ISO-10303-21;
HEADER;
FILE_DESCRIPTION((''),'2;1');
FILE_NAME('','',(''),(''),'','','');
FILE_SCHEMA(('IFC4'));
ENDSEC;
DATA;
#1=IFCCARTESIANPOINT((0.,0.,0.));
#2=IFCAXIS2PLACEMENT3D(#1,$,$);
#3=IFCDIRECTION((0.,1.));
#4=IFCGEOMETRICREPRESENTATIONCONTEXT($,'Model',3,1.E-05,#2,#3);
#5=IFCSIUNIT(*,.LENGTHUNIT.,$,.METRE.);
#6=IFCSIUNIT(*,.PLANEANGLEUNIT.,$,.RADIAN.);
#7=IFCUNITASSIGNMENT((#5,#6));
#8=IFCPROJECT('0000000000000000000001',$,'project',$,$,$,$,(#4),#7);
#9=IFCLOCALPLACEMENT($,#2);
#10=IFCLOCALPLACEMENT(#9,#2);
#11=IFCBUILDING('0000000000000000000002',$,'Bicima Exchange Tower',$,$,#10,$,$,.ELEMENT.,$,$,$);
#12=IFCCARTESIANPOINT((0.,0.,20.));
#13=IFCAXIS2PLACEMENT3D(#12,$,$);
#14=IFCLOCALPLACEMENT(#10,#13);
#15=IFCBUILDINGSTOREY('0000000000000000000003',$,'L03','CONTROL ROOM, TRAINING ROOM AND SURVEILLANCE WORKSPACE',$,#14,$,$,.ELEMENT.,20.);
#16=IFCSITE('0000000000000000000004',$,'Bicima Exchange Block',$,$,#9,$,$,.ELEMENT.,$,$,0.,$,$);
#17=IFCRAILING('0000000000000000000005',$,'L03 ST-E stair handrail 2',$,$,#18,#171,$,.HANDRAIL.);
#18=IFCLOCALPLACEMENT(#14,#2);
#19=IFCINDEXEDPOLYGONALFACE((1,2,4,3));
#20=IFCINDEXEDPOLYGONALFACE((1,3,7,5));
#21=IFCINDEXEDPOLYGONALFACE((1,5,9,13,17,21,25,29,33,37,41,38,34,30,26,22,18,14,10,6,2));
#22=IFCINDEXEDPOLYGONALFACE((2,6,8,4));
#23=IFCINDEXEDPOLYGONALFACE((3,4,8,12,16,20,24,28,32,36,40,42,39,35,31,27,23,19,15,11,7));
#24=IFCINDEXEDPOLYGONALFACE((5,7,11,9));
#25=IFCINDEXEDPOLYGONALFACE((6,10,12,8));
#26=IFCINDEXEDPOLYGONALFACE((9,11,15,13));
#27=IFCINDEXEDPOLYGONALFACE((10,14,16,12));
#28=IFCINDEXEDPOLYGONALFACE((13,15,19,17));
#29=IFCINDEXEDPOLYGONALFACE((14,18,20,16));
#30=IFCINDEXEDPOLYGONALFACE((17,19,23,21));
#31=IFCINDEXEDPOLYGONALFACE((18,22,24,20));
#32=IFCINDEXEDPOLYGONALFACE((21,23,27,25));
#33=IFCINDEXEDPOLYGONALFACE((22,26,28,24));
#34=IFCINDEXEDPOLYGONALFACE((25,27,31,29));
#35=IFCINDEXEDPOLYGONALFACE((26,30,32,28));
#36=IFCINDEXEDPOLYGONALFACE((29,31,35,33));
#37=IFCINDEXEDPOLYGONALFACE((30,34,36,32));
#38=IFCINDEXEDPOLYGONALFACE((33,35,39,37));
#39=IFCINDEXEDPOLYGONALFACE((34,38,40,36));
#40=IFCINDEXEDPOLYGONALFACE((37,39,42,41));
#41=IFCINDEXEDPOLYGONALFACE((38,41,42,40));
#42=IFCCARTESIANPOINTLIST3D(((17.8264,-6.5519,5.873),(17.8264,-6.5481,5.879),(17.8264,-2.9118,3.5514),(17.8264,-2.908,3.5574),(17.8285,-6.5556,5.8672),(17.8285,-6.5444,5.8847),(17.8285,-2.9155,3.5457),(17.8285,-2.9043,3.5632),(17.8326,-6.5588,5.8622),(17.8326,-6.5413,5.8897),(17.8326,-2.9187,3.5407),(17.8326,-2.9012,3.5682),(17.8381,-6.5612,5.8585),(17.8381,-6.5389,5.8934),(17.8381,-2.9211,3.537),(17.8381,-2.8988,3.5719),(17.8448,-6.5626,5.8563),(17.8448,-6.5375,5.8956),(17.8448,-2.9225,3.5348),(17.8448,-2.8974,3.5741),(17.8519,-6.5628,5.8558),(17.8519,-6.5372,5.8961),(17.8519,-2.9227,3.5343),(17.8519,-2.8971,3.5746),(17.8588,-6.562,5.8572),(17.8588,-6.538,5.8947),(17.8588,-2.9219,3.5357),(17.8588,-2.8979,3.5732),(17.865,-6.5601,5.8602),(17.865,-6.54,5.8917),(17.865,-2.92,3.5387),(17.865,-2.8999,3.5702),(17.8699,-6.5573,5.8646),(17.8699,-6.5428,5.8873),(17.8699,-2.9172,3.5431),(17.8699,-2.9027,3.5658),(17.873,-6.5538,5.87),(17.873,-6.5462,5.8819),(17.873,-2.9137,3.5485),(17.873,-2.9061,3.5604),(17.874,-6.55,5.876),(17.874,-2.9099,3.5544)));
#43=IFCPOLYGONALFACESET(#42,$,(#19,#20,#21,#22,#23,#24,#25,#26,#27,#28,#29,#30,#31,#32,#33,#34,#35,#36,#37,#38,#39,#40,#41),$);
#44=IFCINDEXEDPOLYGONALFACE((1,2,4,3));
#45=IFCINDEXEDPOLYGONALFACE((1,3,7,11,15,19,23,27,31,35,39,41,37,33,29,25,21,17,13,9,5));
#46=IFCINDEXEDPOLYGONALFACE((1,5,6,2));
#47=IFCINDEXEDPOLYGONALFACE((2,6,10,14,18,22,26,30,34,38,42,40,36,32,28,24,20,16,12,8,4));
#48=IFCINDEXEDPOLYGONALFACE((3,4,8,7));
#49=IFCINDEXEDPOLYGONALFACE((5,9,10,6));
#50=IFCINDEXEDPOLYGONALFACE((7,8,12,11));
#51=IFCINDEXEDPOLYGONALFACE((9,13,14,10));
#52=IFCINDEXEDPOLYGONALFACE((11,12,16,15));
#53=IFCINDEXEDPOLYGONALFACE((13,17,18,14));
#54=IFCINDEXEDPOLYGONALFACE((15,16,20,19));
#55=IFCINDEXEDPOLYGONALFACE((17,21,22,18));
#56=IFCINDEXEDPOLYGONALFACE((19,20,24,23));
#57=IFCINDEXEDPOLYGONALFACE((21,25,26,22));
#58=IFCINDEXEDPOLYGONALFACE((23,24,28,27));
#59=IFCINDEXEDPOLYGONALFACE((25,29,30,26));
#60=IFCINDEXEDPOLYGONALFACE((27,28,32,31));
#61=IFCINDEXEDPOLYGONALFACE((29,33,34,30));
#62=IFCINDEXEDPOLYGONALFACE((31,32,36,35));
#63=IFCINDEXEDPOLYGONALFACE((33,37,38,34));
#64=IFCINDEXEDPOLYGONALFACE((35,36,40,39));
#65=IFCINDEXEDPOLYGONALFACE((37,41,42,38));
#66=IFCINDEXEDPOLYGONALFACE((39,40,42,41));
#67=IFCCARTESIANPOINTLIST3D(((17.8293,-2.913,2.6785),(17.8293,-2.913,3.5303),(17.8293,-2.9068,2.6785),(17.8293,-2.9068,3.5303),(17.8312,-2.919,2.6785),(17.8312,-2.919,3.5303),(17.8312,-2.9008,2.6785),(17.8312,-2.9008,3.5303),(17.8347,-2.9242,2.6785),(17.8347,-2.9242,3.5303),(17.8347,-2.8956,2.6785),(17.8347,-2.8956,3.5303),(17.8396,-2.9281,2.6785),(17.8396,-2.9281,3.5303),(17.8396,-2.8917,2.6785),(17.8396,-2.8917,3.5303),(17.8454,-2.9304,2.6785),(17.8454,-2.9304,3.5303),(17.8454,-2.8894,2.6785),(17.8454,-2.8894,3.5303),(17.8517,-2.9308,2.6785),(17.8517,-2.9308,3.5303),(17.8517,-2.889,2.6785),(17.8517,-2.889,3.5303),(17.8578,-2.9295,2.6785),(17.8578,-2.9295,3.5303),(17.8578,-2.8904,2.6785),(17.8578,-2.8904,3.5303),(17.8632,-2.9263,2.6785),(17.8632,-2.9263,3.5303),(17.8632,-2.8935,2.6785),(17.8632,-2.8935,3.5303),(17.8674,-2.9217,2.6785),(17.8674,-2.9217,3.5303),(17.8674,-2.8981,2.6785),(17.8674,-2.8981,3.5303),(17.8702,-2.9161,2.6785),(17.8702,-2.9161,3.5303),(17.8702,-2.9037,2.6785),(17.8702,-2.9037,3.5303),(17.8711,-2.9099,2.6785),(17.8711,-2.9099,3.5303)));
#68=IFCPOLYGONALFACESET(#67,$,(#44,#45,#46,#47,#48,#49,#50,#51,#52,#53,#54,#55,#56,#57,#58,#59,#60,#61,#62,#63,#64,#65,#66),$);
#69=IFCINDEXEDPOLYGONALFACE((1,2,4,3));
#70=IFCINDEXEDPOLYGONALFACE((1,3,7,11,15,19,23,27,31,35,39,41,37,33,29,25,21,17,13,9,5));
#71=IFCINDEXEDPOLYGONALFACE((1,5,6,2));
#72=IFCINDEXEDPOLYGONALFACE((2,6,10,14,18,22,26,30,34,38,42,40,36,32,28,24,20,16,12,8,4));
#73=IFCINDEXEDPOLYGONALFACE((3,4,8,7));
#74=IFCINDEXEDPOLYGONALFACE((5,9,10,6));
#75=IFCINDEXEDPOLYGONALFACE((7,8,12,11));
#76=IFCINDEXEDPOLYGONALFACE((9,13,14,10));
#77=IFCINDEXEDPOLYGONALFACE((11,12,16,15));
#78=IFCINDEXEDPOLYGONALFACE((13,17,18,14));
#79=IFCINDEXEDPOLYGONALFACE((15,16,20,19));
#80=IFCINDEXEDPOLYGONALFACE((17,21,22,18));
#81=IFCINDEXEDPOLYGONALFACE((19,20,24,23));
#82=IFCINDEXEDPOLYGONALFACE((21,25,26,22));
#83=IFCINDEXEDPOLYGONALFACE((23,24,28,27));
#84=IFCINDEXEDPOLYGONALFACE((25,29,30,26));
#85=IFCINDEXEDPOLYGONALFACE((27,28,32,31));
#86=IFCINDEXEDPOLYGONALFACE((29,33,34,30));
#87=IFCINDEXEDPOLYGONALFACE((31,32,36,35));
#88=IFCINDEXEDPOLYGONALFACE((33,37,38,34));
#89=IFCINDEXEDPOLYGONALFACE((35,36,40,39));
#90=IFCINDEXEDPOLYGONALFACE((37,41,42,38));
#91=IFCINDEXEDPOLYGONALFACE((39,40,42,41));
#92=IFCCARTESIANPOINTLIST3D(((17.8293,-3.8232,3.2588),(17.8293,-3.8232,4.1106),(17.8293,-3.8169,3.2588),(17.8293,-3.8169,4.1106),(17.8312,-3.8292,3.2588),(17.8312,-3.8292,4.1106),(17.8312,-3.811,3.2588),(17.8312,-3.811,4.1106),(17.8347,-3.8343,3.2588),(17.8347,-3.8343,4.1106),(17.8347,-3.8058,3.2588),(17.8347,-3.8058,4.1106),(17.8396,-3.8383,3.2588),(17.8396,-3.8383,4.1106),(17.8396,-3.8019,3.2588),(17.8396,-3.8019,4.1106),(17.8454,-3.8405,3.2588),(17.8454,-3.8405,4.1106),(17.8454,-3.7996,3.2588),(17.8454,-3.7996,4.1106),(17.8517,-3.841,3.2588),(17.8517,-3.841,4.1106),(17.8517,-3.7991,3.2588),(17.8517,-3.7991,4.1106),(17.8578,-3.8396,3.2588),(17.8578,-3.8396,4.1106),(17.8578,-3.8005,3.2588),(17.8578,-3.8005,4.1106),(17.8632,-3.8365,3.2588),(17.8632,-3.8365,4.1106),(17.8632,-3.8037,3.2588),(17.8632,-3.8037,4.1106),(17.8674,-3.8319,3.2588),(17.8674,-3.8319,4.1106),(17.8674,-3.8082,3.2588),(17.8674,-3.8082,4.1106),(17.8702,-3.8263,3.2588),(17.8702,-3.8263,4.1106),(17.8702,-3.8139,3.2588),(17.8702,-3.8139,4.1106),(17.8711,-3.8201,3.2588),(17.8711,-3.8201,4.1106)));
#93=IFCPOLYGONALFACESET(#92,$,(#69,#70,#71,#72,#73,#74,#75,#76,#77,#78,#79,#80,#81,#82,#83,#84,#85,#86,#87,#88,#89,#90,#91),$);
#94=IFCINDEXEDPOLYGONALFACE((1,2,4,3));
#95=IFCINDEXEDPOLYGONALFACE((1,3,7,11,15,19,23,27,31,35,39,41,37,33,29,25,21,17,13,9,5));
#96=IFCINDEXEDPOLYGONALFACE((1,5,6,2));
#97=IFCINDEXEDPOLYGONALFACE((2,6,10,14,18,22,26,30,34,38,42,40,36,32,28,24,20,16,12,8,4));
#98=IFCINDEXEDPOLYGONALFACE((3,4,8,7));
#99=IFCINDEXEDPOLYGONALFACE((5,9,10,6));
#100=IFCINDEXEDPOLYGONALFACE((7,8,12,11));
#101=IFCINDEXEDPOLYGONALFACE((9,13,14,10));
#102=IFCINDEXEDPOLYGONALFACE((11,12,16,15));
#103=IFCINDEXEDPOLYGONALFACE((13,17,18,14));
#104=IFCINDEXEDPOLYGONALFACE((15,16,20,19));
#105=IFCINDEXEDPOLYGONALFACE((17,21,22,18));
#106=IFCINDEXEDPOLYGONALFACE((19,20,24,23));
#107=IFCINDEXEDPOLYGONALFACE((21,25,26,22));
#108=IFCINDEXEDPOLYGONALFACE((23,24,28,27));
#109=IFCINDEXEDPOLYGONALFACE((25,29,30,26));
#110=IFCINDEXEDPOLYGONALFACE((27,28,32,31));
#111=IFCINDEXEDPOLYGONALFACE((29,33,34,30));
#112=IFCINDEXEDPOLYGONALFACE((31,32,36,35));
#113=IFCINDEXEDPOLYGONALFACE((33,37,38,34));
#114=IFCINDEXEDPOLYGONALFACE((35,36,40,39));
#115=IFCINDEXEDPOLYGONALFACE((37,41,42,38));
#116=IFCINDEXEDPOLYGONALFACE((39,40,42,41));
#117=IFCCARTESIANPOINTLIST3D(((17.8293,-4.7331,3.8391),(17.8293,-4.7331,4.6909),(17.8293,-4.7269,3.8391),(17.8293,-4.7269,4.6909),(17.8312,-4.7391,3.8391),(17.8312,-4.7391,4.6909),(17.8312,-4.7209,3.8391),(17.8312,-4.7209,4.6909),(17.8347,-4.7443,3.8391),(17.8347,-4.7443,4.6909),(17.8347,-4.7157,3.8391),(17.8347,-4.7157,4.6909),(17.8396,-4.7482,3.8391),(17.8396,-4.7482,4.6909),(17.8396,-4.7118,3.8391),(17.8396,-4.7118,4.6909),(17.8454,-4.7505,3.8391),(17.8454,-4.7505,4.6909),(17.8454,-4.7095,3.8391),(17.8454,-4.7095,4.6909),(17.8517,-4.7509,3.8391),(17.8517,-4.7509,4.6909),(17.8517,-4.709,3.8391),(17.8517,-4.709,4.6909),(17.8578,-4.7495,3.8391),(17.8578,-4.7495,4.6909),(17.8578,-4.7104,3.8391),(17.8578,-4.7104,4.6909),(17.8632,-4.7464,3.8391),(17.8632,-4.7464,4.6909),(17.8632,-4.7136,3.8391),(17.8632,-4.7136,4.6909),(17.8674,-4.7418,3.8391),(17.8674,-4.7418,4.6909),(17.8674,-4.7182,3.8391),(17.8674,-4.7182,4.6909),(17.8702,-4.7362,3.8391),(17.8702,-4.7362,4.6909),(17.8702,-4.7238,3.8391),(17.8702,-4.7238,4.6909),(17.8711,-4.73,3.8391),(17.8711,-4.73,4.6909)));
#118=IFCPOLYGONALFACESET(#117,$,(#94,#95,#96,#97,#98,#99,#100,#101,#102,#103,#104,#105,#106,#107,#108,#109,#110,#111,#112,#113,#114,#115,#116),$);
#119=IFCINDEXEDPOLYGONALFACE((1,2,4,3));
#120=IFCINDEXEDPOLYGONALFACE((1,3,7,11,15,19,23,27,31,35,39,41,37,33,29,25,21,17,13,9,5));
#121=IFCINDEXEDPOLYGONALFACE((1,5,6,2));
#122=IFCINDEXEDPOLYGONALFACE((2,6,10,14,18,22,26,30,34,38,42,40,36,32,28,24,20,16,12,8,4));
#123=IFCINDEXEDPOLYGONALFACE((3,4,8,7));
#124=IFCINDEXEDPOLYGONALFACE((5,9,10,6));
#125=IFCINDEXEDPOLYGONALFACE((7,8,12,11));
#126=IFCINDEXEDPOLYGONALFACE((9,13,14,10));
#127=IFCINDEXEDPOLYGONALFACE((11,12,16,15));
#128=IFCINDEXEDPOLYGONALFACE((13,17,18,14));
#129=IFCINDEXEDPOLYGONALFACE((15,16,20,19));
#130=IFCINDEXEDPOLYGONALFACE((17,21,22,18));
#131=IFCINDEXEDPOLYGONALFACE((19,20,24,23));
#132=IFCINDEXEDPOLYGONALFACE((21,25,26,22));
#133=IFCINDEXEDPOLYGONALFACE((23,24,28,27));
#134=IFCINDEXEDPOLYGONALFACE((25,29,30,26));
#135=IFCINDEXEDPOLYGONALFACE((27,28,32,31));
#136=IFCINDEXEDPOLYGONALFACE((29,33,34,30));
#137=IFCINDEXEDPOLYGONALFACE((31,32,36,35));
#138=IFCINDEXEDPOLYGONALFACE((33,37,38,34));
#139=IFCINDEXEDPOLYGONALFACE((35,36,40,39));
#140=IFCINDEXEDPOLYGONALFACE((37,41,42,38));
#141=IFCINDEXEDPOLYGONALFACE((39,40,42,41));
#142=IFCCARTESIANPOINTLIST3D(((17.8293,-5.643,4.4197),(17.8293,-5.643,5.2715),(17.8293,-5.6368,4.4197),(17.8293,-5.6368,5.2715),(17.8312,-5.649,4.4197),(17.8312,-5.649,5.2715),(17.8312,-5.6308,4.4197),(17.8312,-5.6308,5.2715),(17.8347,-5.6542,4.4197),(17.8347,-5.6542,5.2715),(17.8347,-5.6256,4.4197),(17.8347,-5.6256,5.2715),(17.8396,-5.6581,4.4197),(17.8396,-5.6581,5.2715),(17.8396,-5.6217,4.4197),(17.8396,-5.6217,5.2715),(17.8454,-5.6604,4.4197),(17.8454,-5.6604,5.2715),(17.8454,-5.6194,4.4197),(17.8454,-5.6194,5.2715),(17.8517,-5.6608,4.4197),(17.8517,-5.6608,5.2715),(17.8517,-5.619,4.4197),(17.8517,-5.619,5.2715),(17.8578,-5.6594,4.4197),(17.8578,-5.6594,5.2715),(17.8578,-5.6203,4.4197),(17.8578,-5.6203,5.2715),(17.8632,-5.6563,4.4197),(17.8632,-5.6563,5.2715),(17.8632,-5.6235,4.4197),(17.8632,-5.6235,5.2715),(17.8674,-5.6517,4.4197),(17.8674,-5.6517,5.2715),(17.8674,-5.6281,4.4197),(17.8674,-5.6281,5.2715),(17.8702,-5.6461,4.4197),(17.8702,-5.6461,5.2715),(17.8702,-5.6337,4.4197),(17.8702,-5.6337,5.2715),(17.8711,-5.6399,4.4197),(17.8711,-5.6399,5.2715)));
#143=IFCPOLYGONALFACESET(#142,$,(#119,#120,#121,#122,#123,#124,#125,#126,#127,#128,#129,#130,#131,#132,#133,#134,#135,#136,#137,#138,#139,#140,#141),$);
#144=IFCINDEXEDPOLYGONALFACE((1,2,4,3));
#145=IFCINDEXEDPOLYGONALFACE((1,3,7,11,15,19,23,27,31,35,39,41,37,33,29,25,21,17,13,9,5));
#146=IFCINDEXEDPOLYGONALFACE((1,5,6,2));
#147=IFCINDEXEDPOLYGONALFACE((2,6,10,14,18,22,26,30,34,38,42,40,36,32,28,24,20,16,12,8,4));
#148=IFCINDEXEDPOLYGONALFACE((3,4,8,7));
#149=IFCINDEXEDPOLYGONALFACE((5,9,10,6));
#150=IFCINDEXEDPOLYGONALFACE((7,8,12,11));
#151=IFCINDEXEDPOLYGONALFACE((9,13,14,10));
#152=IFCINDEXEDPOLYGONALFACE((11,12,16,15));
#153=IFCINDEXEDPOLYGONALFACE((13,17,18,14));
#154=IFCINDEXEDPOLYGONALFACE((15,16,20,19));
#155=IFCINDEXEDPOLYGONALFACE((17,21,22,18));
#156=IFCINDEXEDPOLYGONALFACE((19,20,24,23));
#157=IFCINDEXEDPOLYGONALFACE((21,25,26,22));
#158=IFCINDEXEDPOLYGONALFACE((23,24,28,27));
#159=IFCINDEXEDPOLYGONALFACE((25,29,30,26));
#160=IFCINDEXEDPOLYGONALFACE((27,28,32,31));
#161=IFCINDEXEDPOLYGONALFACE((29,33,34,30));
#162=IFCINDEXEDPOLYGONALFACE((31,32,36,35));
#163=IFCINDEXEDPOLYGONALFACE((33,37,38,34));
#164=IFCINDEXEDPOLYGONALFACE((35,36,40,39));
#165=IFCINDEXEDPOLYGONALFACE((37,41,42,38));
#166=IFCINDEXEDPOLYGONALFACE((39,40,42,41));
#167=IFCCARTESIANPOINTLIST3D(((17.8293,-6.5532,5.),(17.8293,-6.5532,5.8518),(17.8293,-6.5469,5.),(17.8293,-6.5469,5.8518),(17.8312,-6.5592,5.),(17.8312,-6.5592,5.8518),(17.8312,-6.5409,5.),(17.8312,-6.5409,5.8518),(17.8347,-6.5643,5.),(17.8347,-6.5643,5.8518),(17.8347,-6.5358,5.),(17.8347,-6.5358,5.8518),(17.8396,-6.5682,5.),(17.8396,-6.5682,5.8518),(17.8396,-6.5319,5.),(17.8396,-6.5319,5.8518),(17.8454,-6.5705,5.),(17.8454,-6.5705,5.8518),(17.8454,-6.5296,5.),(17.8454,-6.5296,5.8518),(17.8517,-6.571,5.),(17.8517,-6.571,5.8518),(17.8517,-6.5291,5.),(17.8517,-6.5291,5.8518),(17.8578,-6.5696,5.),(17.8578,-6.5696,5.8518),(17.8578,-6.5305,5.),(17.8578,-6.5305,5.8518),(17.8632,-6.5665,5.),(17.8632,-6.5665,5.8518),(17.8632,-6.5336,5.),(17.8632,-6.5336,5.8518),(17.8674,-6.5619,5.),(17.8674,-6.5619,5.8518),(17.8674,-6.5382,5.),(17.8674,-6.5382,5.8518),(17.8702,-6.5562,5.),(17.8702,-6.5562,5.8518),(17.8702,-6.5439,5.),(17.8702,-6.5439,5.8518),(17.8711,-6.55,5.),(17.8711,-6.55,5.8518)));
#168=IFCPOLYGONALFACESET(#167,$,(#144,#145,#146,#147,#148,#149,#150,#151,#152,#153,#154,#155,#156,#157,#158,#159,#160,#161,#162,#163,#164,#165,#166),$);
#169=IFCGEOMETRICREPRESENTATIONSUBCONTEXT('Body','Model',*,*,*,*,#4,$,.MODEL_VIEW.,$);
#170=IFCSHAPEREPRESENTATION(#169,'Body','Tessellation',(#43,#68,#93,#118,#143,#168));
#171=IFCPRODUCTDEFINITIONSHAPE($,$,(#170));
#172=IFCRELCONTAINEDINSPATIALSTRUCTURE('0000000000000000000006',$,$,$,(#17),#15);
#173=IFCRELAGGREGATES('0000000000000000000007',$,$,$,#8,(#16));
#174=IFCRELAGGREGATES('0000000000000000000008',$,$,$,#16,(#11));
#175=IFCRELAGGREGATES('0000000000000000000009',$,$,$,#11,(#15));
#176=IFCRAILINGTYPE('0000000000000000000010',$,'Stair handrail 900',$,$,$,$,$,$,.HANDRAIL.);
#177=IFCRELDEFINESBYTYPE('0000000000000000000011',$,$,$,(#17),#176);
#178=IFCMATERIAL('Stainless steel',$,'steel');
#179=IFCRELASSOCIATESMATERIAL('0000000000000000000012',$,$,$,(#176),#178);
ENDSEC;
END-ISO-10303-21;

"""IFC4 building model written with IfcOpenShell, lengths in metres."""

from ifc_helpers import new_model, si_unit, direction, frame, origin, origin_2d, place, context, subcontext, project, spatial, circle, extrude, material, type_object, element, save


model = new_model("IFC4")

# Units and contexts
model_context = context("Model", 3, precision=1e-05, world=origin(), true_north=direction((0.0, 1.0)))
body_context = subcontext(model_context, "Body", "Model", "MODEL_VIEW")
ifc_project = project(units=[si_unit("LENGTHUNIT", "METRE"), si_unit("PLANEANGLEUNIT", "RADIAN")], contexts=[model_context])

# Site, building, storey
site_placement = place(None, origin())
site = spatial("IfcSite", under=ifc_project, at=site_placement, Name="Bicima Exchange Block", CompositionType="ELEMENT", RefElevation=0.0)
building_placement = place(site_placement, origin())
building = spatial("IfcBuilding", under=site, at=building_placement, Name="Bicima Exchange Tower", CompositionType="ELEMENT")
storey_placement = place(building_placement, frame((0.0, 0.0, 20.0)))
storey = spatial("IfcBuildingStorey", under=building, at=storey_placement, Name="L03", Description="CONTROL ROOM, TRAINING ROOM AND SURVEILLANCE WORKSPACE", CompositionType="ELEMENT", Elevation=20.0)

# Railing
ifc_material_1 = material(Name="Stainless steel", Category="steel")
railing_type = type_object("IfcRailingType", Name="Stair handrail 900", PredefinedType="HANDRAIL", material=ifc_material_1)
railing_placement = place(storey_placement, frame((17.8501, -2.9099, 2.6785)))
element("IfcRailing", 1, at=railing_placement, inside=storey, type_object=railing_type, Name="L03 ST-E stair handrail 2", PredefinedType="HANDRAIL", context=body_context, shape_type="SweptSolid", body=[
    extrude(circle(Radius=0.0239, at=origin_2d()), frame((0.0, 0.0, 0.876), z_axis=(0.0, -0.843128, 0.537713), x_axis=(1.0, 0.0, 0.0)), (0.0, 0.0, 1.0), 4.3174),
    extrude(circle(Radius=0.021, at=origin_2d()), origin(), (0.0, 0.0, 1.0), 0.8518),
    extrude(circle(Radius=0.021, at=origin_2d()), frame((0.0, -0.9102, 0.5803)), (0.0, 0.0, 1.0), 0.8518),
    extrude(circle(Radius=0.021, at=origin_2d()), frame((0.0, -1.8201, 1.1606)), (0.0, 0.0, 1.0), 0.8518),
    extrude(circle(Radius=0.021, at=origin_2d()), frame((0.0, -2.73, 1.7412)), (0.0, 0.0, 1.0), 0.8518),
    extrude(circle(Radius=0.021, at=origin_2d()), frame((0.0, -3.6401, 2.3215)), (0.0, 0.0, 1.0), 0.8518),
])

save(model, "model.ifc")
